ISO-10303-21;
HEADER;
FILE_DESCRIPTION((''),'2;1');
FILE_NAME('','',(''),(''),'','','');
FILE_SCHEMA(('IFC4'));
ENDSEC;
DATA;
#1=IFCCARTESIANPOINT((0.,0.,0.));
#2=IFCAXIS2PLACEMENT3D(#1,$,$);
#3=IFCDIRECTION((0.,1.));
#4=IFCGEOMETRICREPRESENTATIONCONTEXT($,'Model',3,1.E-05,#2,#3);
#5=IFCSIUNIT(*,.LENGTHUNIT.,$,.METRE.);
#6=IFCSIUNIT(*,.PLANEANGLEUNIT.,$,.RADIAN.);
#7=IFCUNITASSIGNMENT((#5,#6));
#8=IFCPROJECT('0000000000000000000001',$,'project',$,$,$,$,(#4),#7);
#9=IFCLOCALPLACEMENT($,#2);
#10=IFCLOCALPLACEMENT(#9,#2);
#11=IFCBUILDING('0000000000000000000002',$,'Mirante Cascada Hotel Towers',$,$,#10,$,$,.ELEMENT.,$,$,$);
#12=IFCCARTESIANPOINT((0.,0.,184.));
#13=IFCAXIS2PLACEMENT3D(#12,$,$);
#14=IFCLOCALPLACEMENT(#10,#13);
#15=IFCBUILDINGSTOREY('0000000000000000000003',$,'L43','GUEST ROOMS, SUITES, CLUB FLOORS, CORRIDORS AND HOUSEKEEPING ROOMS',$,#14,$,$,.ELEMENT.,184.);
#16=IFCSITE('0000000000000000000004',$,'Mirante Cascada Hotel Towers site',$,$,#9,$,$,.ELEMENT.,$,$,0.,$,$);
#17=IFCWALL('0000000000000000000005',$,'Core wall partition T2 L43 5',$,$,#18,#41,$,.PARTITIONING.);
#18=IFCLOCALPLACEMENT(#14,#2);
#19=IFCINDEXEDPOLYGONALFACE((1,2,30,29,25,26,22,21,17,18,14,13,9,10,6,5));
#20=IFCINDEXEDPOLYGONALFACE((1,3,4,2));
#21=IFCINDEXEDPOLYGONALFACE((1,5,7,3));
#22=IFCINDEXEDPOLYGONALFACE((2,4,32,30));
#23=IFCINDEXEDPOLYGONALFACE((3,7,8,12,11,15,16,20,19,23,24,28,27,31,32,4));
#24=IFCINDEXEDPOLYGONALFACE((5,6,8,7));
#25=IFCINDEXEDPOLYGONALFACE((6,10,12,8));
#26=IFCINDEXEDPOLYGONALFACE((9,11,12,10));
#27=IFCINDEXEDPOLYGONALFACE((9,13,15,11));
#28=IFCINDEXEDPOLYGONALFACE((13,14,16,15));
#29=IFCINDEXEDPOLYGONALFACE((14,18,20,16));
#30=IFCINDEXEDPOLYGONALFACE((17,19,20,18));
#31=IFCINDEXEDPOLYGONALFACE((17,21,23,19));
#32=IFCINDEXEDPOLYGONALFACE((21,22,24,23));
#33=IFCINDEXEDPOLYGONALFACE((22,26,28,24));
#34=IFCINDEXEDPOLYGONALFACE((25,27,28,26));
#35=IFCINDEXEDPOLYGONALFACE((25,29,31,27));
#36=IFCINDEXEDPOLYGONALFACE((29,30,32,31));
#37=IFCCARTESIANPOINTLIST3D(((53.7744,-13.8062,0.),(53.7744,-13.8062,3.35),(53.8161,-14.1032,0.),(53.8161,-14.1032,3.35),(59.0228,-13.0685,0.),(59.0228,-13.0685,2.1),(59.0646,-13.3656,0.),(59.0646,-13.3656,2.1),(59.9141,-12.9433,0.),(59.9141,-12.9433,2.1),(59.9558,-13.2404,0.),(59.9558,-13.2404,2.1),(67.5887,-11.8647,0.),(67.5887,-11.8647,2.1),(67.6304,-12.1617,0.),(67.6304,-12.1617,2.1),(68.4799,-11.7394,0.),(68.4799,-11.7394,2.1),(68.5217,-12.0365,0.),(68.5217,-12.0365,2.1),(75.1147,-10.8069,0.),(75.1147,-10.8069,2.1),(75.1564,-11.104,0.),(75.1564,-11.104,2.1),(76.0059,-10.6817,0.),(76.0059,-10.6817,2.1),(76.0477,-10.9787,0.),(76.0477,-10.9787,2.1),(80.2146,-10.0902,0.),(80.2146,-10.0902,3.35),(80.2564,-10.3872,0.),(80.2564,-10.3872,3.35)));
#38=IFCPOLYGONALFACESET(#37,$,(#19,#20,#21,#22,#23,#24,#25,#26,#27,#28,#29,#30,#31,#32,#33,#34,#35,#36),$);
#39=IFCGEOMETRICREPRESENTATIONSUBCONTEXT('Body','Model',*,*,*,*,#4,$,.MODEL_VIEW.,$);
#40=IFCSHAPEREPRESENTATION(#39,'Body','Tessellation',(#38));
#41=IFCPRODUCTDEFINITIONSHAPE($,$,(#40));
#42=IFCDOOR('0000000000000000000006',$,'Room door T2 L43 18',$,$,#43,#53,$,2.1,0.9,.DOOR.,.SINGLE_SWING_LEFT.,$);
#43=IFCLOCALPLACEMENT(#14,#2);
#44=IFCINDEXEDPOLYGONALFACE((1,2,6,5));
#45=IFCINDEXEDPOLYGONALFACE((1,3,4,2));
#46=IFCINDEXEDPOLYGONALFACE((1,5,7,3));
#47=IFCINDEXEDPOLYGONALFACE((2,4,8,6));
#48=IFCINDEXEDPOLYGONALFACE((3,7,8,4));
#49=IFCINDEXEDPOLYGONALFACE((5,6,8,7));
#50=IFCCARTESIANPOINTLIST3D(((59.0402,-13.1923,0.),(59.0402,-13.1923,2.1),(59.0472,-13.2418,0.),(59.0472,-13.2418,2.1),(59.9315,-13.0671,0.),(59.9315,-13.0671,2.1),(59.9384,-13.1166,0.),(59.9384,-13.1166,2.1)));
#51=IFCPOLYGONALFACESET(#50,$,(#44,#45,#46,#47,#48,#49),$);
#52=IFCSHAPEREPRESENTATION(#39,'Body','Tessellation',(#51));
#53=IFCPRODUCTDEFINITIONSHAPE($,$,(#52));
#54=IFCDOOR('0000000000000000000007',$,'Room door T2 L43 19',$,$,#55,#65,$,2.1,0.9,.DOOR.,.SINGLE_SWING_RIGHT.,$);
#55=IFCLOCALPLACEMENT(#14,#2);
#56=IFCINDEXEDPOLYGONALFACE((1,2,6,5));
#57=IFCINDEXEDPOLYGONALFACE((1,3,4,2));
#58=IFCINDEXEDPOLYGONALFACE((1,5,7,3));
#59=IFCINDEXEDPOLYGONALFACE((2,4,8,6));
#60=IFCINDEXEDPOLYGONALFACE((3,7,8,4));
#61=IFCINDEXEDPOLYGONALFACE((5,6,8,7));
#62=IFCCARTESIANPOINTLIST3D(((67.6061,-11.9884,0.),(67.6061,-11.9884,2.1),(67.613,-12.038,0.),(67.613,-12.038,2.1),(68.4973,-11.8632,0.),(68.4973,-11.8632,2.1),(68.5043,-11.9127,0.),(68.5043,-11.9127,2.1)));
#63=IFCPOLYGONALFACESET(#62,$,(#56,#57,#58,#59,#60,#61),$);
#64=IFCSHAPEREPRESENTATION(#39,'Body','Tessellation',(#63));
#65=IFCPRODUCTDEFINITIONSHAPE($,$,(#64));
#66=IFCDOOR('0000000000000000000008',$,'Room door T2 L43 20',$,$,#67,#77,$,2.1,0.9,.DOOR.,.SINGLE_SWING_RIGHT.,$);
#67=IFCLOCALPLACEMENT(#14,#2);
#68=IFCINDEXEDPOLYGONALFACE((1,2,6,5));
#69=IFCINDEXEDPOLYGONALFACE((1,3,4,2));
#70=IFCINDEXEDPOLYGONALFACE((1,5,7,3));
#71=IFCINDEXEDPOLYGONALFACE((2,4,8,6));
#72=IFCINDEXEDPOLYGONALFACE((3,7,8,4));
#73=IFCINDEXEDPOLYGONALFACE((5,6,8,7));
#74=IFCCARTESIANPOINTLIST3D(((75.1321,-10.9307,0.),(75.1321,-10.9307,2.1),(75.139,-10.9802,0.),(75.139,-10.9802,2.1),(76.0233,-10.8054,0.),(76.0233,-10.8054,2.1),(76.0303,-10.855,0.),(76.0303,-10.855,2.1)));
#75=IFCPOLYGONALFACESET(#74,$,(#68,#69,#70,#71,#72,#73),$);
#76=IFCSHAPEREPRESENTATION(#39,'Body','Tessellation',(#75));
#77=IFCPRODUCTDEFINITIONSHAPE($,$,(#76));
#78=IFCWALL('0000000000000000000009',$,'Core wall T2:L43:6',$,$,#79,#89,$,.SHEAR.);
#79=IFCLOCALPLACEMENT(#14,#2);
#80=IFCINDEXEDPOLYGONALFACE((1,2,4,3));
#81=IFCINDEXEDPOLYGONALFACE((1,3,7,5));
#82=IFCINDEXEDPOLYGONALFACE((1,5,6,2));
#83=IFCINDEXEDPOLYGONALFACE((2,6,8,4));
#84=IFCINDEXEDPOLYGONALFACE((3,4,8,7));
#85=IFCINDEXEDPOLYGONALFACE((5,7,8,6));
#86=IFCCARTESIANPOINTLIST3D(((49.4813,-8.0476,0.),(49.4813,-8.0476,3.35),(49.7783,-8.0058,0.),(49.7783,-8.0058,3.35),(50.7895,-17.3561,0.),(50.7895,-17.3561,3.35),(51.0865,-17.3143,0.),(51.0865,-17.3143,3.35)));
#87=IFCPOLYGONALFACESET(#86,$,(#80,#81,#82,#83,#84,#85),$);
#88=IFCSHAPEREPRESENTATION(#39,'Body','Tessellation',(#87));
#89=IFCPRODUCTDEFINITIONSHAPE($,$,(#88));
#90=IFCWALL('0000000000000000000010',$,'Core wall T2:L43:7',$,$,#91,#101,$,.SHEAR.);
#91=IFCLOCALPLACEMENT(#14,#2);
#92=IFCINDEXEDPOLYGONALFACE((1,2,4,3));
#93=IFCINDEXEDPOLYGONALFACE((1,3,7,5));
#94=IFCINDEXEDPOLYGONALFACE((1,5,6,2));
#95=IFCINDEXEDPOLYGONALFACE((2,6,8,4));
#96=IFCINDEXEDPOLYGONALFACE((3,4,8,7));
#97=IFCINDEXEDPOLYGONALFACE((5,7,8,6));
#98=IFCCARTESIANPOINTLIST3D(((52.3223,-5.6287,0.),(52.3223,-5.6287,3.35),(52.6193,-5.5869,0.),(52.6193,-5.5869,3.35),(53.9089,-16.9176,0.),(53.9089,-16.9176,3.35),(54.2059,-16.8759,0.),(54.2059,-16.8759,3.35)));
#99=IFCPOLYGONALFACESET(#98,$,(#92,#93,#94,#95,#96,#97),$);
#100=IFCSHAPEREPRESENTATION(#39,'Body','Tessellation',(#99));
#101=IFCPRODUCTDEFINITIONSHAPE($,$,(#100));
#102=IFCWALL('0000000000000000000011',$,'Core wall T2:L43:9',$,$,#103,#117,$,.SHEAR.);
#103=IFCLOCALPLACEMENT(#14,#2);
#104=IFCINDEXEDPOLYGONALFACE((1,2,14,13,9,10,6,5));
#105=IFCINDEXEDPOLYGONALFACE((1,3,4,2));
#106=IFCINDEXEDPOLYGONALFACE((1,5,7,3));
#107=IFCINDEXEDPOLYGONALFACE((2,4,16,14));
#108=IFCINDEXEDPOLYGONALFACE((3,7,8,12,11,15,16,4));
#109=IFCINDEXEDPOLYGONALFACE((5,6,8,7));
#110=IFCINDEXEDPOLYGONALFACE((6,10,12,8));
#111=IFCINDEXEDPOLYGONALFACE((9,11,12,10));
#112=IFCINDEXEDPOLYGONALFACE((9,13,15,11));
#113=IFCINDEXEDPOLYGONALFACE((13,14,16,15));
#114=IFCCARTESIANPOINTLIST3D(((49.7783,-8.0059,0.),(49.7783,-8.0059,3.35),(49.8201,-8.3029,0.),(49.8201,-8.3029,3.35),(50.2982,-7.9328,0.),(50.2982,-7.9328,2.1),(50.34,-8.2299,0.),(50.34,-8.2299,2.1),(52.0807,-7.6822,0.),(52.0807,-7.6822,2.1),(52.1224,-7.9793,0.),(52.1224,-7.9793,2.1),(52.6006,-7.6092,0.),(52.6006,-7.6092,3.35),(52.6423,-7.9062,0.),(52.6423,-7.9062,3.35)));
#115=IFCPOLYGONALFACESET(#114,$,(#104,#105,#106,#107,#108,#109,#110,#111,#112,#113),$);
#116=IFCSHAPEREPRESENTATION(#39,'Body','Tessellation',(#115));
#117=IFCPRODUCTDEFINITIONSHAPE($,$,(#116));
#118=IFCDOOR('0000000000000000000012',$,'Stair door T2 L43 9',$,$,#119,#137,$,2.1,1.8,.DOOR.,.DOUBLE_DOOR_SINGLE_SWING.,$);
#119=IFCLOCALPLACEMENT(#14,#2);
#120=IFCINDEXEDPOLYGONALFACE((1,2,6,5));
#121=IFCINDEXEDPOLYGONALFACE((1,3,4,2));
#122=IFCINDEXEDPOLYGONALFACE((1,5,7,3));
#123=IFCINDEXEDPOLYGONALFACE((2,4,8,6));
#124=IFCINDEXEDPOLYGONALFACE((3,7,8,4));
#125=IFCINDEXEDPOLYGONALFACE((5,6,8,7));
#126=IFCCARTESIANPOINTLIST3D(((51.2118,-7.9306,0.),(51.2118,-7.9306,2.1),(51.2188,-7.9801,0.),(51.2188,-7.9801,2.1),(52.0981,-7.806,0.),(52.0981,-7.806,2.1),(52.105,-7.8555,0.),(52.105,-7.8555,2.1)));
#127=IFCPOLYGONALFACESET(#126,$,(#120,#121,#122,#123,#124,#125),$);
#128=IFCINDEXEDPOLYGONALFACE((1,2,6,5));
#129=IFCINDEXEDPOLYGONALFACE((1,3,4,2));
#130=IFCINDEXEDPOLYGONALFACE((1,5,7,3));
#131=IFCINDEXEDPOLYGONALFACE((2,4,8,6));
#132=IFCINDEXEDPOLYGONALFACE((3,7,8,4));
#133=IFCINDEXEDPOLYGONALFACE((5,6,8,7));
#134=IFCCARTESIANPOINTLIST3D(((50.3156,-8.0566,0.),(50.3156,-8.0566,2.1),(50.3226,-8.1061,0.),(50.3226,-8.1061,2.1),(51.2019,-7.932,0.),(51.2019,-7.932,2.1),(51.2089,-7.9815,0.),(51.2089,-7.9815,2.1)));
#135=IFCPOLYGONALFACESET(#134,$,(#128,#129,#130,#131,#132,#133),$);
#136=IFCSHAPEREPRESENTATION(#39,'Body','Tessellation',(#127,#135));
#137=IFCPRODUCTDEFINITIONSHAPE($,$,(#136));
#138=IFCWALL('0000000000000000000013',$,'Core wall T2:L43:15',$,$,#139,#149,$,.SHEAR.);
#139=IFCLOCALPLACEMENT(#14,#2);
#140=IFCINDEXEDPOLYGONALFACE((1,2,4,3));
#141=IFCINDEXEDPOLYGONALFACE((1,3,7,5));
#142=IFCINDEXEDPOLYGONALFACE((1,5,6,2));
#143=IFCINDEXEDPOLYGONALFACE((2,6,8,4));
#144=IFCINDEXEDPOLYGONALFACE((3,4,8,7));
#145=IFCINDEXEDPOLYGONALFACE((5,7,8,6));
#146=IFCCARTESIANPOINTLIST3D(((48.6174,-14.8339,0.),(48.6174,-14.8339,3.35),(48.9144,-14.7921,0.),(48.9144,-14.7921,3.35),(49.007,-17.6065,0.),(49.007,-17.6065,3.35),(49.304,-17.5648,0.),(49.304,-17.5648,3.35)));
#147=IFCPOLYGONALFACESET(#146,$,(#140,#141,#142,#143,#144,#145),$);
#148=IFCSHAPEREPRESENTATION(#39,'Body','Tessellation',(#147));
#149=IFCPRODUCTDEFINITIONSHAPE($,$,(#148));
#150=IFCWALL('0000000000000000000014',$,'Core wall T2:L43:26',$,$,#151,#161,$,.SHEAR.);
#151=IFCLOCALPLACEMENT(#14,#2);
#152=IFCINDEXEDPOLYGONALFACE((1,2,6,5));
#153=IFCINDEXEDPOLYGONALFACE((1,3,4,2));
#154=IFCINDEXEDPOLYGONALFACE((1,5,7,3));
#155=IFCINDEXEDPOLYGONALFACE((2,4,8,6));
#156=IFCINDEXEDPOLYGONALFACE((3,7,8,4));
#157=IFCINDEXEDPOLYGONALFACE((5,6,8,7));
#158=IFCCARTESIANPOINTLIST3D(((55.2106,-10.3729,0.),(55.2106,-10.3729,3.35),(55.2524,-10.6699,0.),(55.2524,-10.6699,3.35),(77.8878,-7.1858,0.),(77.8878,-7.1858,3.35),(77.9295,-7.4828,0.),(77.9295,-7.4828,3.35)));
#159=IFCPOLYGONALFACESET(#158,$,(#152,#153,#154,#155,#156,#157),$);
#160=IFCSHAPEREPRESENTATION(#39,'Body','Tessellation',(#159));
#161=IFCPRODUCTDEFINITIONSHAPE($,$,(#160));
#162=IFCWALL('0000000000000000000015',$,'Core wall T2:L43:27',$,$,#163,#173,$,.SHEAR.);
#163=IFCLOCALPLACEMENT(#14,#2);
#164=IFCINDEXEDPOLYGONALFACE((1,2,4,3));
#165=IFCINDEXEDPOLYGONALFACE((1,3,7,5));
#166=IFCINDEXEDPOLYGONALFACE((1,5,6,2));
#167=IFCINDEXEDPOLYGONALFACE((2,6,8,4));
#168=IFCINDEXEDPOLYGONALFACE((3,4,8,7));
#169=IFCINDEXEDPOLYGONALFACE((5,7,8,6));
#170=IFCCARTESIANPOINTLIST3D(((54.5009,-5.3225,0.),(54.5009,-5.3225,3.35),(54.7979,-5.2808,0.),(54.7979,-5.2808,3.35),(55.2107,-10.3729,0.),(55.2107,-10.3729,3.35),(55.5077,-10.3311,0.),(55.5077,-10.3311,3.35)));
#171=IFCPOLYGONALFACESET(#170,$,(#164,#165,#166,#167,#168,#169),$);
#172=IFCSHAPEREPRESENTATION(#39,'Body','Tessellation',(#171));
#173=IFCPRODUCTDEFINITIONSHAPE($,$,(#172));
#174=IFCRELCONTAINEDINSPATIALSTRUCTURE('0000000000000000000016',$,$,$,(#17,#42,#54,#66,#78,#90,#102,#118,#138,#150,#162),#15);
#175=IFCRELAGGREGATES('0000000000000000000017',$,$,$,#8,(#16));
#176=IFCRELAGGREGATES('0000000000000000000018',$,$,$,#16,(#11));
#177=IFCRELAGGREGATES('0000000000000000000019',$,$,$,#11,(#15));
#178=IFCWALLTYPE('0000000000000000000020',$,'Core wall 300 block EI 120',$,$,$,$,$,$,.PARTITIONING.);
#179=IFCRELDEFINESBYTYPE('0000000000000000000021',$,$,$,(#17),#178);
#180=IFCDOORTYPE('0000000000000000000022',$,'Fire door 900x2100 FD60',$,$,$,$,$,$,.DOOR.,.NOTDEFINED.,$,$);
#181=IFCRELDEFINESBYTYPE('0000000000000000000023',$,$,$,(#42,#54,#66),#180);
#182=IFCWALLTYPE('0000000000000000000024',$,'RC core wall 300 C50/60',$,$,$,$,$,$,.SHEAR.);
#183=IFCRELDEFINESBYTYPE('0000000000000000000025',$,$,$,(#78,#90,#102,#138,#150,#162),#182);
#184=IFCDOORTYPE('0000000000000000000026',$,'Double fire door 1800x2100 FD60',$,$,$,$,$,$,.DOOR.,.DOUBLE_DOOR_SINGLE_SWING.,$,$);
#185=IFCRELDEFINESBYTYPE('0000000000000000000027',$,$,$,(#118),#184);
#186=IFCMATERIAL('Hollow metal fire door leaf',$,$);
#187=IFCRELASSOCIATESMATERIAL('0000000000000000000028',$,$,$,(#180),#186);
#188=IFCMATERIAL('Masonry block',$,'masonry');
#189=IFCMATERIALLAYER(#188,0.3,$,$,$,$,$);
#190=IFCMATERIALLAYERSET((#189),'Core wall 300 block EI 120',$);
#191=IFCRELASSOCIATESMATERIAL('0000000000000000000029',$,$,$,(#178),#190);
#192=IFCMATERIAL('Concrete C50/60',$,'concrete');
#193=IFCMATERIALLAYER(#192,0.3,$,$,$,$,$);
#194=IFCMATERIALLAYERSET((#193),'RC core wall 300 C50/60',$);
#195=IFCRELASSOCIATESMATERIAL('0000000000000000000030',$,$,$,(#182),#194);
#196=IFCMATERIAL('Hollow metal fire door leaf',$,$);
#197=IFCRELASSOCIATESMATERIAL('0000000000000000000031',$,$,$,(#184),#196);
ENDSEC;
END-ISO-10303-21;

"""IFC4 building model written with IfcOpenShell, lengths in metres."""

from ifc_helpers import new_model, si_unit, direction, frame, frame_2d, origin, place, context, subcontext, project, spatial, rectangle, extrude, material, layer, layer_set, type_object, element, fill, save


model = new_model("IFC4")

# Units and contexts
model_context = context("Model", 3, precision=1e-05, world=origin(), true_north=direction((0.0, 1.0)))
body_context = subcontext(model_context, "Body", "Model", "MODEL_VIEW")
ifc_project = project(units=[si_unit("LENGTHUNIT", "METRE"), si_unit("PLANEANGLEUNIT", "RADIAN")], contexts=[model_context])

# Site, building, storey
site_placement = place(None, origin())
site = spatial("IfcSite", under=ifc_project, at=site_placement, Name="Mirante Cascada Hotel Towers site", CompositionType="ELEMENT", RefElevation=0.0)
building_placement = place(site_placement, origin())
building = spatial("IfcBuilding", under=site, at=building_placement, Name="Mirante Cascada Hotel Towers", CompositionType="ELEMENT")
storey_placement = place(building_placement, frame((0.0, 0.0, 184.0)))
storey = spatial("IfcBuildingStorey", under=building, at=storey_placement, Name="L43", Description="GUEST ROOMS, SUITES, CLUB FLOORS, CORRIDORS AND HOUSEKEEPING ROOMS", CompositionType="ELEMENT", Elevation=184.0)

# Shared definitions
ifc_material_1 = material(Name="Hollow metal fire door leaf")
door_type_1 = type_object("IfcDoorType", Name="Fire door 900x2100 FD60", OperationType="NOTDEFINED", PredefinedType="DOOR", material=ifc_material_1)

# Wall, openings, doors
ifc_material_2 = material(Name="Masonry block", Category="masonry")
ifc_layer_1 = layer(ifc_material_2, 0.3)
ifc_layer_set_1 = layer_set([ifc_layer_1], Name="Core wall 300 block EI 120")
wall_type_1 = type_object("IfcWallType", Name="Core wall 300 block EI 120", PredefinedType="PARTITIONING", material=ifc_layer_set_1)
wall_1_placement = place(storey_placement, frame((53.7953, -13.9547, 0.0), z_axis=(0.0, 0.0, 1.0), x_axis=(0.990268, 0.139176, 0.0)))
wall_1 = element("IfcWall", 1, at=wall_1_placement, inside=storey, type_object=wall_type_1, Name="Core wall partition T2 L43 5", PredefinedType="PARTITIONING", context=body_context, shape_type="SweptSolid", body=[
    extrude(rectangle(XDim=26.7001, YDim=0.3, at=frame_2d((13.35, 0.0))), origin(), (0.0, 0.0, 1.0), 3.35),
])
opening_1_placement = place(wall_1_placement, frame((5.3, 0.0, 0.0)))
opening_1 = element("IfcOpeningElement", 2, at=opening_1_placement, cuts=wall_1, PredefinedType="OPENING", context=body_context, shape_type="SweptSolid", body=[
    extrude(rectangle(XDim=0.9, YDim=2.1, at=frame_2d((0.45, 1.05))), frame((0.0, 0.15, 0.0), z_axis=(0.0, -1.0, 0.0), x_axis=(1.0, 0.0, 0.0)), (0.0, 0.0, 1.0), 0.3),
])
opening_2_placement = place(wall_1_placement, frame((13.95, 0.0, 0.0)))
opening_2 = element("IfcOpeningElement", 3, at=opening_2_placement, cuts=wall_1, PredefinedType="OPENING", context=body_context, shape_type="SweptSolid", body=[
    extrude(rectangle(XDim=0.9, YDim=2.1, at=frame_2d((0.45, 1.05))), frame((0.0, 0.15, 0.0), z_axis=(0.0, -1.0, 0.0), x_axis=(1.0, 0.0, 0.0)), (0.0, 0.0, 1.0), 0.3),
])
opening_3_placement = place(wall_1_placement, frame((21.55, 0.0, 0.0)))
opening_3 = element("IfcOpeningElement", 4, at=opening_3_placement, cuts=wall_1, PredefinedType="OPENING", context=body_context, shape_type="SweptSolid", body=[
    extrude(rectangle(XDim=0.9, YDim=2.1, at=frame_2d((0.45, 1.05))), frame((0.0, 0.15, 0.0), z_axis=(0.0, -1.0, 0.0), x_axis=(1.0, 0.0, 0.0)), (0.0, 0.0, 1.0), 0.3),
])
door_1_placement = place(opening_1_placement, frame((0.9, 0.0, 0.0), z_axis=(0.0, 0.0, 1.0), x_axis=(-1.0, 0.0, 0.0)))
door_1 = element("IfcDoor", 5, at=door_1_placement, inside=storey, type_object=door_type_1, Name="Room door T2 L43 18", OperationType="SINGLE_SWING_LEFT", OverallHeight=2.1, OverallWidth=0.9, PredefinedType="DOOR", context=body_context, shape_type="SweptSolid", body=[
    extrude(rectangle(XDim=0.9, YDim=2.1, at=frame_2d((0.45, 1.05))), frame((0.0, 0.025, 0.0), z_axis=(0.0, -1.0, 0.0), x_axis=(1.0, 0.0, 0.0)), (0.0, 0.0, 1.0), 0.05),
])
fill(opening_1, door_1)
door_2_placement = place(opening_2_placement, frame((0.9, 0.0, 0.0), z_axis=(0.0, 0.0, 1.0), x_axis=(-1.0, 0.0, 0.0)))
door_2 = element("IfcDoor", 6, at=door_2_placement, inside=storey, type_object=door_type_1, Name="Room door T2 L43 19", OperationType="SINGLE_SWING_RIGHT", OverallHeight=2.1, OverallWidth=0.9, PredefinedType="DOOR", context=body_context, shape_type="SweptSolid", body=[
    extrude(rectangle(XDim=0.9, YDim=2.1, at=frame_2d((0.45, 1.05))), frame((0.0, 0.025, 0.0), z_axis=(0.0, -1.0, 0.0), x_axis=(1.0, 0.0, 0.0)), (0.0, 0.0, 1.0), 0.05),
])
fill(opening_2, door_2)
door_3_placement = place(opening_3_placement, frame((0.9, 0.0, 0.0), z_axis=(0.0, 0.0, 1.0), x_axis=(-1.0, 0.0, 0.0)))
door_3 = element("IfcDoor", 7, at=door_3_placement, inside=storey, type_object=door_type_1, Name="Room door T2 L43 20", OperationType="SINGLE_SWING_RIGHT", OverallHeight=2.1, OverallWidth=0.9, PredefinedType="DOOR", context=body_context, shape_type="SweptSolid", body=[
    extrude(rectangle(XDim=0.9, YDim=2.1, at=frame_2d((0.45, 1.05))), frame((0.0, 0.025, 0.0), z_axis=(0.0, -1.0, 0.0), x_axis=(1.0, 0.0, 0.0)), (0.0, 0.0, 1.0), 0.05),
])
fill(opening_3, door_3)

# Walls
ifc_material_3 = material(Name="Concrete C50/60", Category="concrete")
ifc_layer_2 = layer(ifc_material_3, 0.3)
ifc_layer_set_2 = layer_set([ifc_layer_2], Name="RC core wall 300 C50/60")
wall_type_2 = type_object("IfcWallType", Name="RC core wall 300 C50/60", PredefinedType="SHEAR", material=ifc_layer_set_2)
wall_2_placement = place(storey_placement, frame((50.938, -17.3352, 0.0), z_axis=(0.0, 0.0, 1.0), x_axis=(-0.139171, 0.990268, 0.0)))
element("IfcWall", 8, at=wall_2_placement, inside=storey, type_object=wall_type_2, Name="Core wall T2:L43:6", PredefinedType="SHEAR", context=body_context, shape_type="SweptSolid", body=[
    extrude(rectangle(XDim=9.4, YDim=0.3, at=frame_2d((4.7, 0.0))), origin(), (0.0, 0.0, 1.0), 3.35),
])
wall_3_placement = place(storey_placement, frame((54.0574, -16.8968, 0.0), z_axis=(0.0, 0.0, 1.0), x_axis=(-0.139176, 0.990268, 0.0)))
element("IfcWall", 9, at=wall_3_placement, inside=storey, type_object=wall_type_2, Name="Core wall T2:L43:7", PredefinedType="SHEAR", context=body_context, shape_type="SweptSolid", body=[
    extrude(rectangle(XDim=11.3999, YDim=0.3, at=frame_2d((5.7, 0.0))), origin(), (0.0, 0.0, 1.0), 3.35),
])

# Wall, opening, door
wall_4_placement = place(storey_placement, frame((49.7992, -8.1544, 0.0), z_axis=(0.0, 0.0, 1.0), x_axis=(0.990266, 0.139191, 0.0)))
wall_4 = element("IfcWall", 10, at=wall_4_placement, inside=storey, type_object=wall_type_2, Name="Core wall T2:L43:9", PredefinedType="SHEAR", context=body_context, shape_type="SweptSolid", body=[
    extrude(rectangle(XDim=2.85, YDim=0.3, at=frame_2d((1.425, 0.0))), origin(), (0.0, 0.0, 1.0), 3.35),
])
opening_4_placement = place(wall_4_placement, frame((0.525, 0.0, 0.0)))
opening_4 = element("IfcOpeningElement", 11, at=opening_4_placement, cuts=wall_4, PredefinedType="OPENING", context=body_context, shape_type="SweptSolid", body=[
    extrude(rectangle(XDim=1.8, YDim=2.1, at=frame_2d((0.9, 1.05))), frame((0.0, 0.15, 0.0), z_axis=(0.0, -1.0, 0.0), x_axis=(1.0, 0.0, 0.0)), (0.0, 0.0, 1.0), 0.3),
])
ifc_material_4 = material(Name="Hollow metal fire door leaf")
door_type_2 = type_object("IfcDoorType", Name="Double fire door 1800x2100 FD60", OperationType="DOUBLE_DOOR_SINGLE_SWING", PredefinedType="DOOR", material=ifc_material_4)
door_4_placement = place(opening_4_placement, frame((1.8, 0.0, 0.0), z_axis=(0.0, 0.0, 1.0), x_axis=(-1.0, 0.0, 0.0)))
door_4 = element("IfcDoor", 12, at=door_4_placement, inside=storey, type_object=door_type_2, Name="Stair door T2 L43 9", OperationType="DOUBLE_DOOR_SINGLE_SWING", OverallHeight=2.1, OverallWidth=1.8, PredefinedType="DOOR", context=body_context, shape_type="SweptSolid", body=[
    extrude(rectangle(XDim=0.895, YDim=2.1, at=frame_2d((0.4475, 1.05))), frame((0.0, 0.025, 0.0), z_axis=(0.0, -1.0, 0.0), x_axis=(1.0, 0.0, 0.0)), (0.0, 0.0, 1.0), 0.05),
    extrude(rectangle(XDim=0.895, YDim=2.1, at=frame_2d((1.3525, 1.05))), frame((0.0, 0.025, 0.0), z_axis=(0.0, -1.0, 0.0), x_axis=(1.0, 0.0, 0.0)), (0.0, 0.0, 1.0), 0.05),
])
fill(opening_4, door_4)

# Walls
wall_5_placement = place(storey_placement, frame((49.1555, -17.5857, 0.0), z_axis=(0.0, 0.0, 1.0), x_axis=(-0.139146, 0.990272, 0.0)))
element("IfcWall", 13, at=wall_5_placement, inside=storey, type_object=wall_type_2, Name="Core wall T2:L43:15", PredefinedType="SHEAR", context=body_context, shape_type="SweptSolid", body=[
    extrude(rectangle(XDim=2.7999, YDim=0.3, at=frame_2d((1.4, 0.0))), origin(), (0.0, 0.0, 1.0), 3.35),
])
wall_6_placement = place(storey_placement, frame((55.2315, -10.5214, 0.0), z_axis=(0.0, 0.0, 1.0), x_axis=(0.990268, 0.139175, 0.0)))
element("IfcWall", 14, at=wall_6_placement, inside=storey, type_object=wall_type_2, Name="Core wall T2:L43:26", PredefinedType="SHEAR", context=body_context, shape_type="SweptSolid", body=[
    extrude(rectangle(XDim=22.9, YDim=0.3, at=frame_2d((11.45, 0.0))), origin(), (0.0, 0.0, 1.0), 3.35),
])
wall_7_placement = place(storey_placement, frame((55.3592, -10.352, 0.0), z_axis=(0.0, 0.0, 1.0), x_axis=(-0.139176, 0.990268, 0.0)))
element("IfcWall", 15, at=wall_7_placement, inside=storey, type_object=wall_type_2, Name="Core wall T2:L43:27", PredefinedType="SHEAR", context=body_context, shape_type="SweptSolid", body=[
    extrude(rectangle(XDim=5.1, YDim=0.3, at=frame_2d((2.55, 0.0))), origin(), (0.0, 0.0, 1.0), 3.35),
])

save(model, "model.ifc")
